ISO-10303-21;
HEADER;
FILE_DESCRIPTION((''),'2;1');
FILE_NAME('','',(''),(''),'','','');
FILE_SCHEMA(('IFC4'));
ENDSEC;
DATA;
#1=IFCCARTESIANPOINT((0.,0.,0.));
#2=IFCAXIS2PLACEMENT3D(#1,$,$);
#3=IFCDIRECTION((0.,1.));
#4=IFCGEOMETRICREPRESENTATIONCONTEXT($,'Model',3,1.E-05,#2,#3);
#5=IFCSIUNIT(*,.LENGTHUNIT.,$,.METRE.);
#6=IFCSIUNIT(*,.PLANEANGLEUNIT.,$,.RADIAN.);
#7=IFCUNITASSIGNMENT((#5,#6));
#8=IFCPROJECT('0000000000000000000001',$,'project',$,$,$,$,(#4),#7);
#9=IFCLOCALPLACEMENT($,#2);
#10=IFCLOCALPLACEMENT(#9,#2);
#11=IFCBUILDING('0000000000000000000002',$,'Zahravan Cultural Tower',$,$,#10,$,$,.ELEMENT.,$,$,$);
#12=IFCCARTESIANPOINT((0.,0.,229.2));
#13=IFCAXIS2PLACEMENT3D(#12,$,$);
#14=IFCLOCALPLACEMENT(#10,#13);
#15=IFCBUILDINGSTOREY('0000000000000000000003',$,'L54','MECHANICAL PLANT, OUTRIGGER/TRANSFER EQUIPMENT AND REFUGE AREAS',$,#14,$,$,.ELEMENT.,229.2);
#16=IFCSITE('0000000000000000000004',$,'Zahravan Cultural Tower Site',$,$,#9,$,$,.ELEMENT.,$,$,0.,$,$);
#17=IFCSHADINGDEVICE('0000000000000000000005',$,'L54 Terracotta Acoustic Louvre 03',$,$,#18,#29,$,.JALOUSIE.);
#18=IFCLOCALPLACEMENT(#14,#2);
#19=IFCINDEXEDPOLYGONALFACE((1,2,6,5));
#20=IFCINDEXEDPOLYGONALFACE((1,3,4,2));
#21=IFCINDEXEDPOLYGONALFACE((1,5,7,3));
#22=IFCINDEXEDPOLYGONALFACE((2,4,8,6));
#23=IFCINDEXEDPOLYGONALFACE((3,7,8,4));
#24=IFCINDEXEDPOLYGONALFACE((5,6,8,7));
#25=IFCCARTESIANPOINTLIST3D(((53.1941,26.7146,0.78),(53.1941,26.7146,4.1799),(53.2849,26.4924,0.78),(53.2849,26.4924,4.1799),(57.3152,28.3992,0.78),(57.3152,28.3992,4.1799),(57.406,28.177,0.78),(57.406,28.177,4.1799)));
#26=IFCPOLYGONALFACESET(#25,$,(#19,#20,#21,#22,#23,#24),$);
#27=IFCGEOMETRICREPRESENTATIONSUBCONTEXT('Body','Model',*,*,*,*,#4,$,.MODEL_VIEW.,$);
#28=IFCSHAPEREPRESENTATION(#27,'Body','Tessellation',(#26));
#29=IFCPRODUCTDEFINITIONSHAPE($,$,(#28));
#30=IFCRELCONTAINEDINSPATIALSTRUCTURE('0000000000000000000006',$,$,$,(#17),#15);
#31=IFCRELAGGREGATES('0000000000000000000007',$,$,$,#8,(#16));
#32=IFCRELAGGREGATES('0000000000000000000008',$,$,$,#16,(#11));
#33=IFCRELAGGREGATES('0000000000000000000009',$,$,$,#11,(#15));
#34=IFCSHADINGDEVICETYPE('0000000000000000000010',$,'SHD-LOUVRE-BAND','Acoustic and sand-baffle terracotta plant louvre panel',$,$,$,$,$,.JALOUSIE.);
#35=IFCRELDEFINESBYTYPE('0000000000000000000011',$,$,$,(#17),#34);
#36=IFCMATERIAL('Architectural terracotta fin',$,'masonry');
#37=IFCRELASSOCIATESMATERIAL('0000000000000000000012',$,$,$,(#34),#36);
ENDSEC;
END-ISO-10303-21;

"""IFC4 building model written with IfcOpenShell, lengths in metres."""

from ifc_helpers import new_model, si_unit, direction, frame, origin, origin_2d, place, context, subcontext, project, spatial, rectangle, extrude, source, transform, mapped, material, type_object, element, save


model = new_model("IFC4")

# Units and contexts
model_context = context("Model", 3, precision=1e-05, world=origin(), true_north=direction((0.0, 1.0)))
body_context = subcontext(model_context, "Body", "Model", "MODEL_VIEW")
ifc_project = project(units=[si_unit("LENGTHUNIT", "METRE"), si_unit("PLANEANGLEUNIT", "RADIAN")], contexts=[model_context])

# Site, building, storey
site_placement = place(None, origin())
site = spatial("IfcSite", under=ifc_project, at=site_placement, Name="Zahravan Cultural Tower Site", CompositionType="ELEMENT", RefElevation=0.0)
building_placement = place(site_placement, origin())
building = spatial("IfcBuilding", under=site, at=building_placement, Name="Zahravan Cultural Tower", CompositionType="ELEMENT")
storey_placement = place(building_placement, frame((0.0, 0.0, 229.2)))
storey = spatial("IfcBuildingStorey", under=building, at=storey_placement, Name="L54", Description="MECHANICAL PLANT, OUTRIGGER/TRANSFER EQUIPMENT AND REFUGE AREAS", CompositionType="ELEMENT", Elevation=229.2)

# Shading device
ifc_material_1 = material(Name="Architectural terracotta fin", Category="masonry")
shading_device_type = type_object("IfcShadingDeviceType", Name="SHD-LOUVRE-BAND", Description="Acoustic and sand-baffle terracotta plant louvre panel", PredefinedType="JALOUSIE", material=ifc_material_1)
shared_shape_1 = source(origin(), body_context, "Body", "SweptSolid", [
    extrude(rectangle(XDim=4.4521, YDim=0.24, at=origin_2d()), origin(), (0.0, 0.0, 1.0), 3.3999),
])
shading_device_placement = place(storey_placement, frame((55.3, 27.4458, 0.78), z_axis=(0.0, 0.0, 1.0), x_axis=(-0.925653, -0.378374, 0.0)))
element("IfcShadingDevice", 1, at=shading_device_placement, inside=storey, type_object=shading_device_type, Name="L54 Terracotta Acoustic Louvre 03", PredefinedType="JALOUSIE", context=body_context, shape_type="MappedRepresentation", body=[
    mapped(shared_shape_1, transform((0.0, 0.0, 0.0), x_axis=(1.0, 0.0, 0.0), y_axis=(0.0, 1.0, 0.0), z_axis=(0.0, 0.0, 1.0), scale=1.0)),
])

save(model, "model.ifc")
